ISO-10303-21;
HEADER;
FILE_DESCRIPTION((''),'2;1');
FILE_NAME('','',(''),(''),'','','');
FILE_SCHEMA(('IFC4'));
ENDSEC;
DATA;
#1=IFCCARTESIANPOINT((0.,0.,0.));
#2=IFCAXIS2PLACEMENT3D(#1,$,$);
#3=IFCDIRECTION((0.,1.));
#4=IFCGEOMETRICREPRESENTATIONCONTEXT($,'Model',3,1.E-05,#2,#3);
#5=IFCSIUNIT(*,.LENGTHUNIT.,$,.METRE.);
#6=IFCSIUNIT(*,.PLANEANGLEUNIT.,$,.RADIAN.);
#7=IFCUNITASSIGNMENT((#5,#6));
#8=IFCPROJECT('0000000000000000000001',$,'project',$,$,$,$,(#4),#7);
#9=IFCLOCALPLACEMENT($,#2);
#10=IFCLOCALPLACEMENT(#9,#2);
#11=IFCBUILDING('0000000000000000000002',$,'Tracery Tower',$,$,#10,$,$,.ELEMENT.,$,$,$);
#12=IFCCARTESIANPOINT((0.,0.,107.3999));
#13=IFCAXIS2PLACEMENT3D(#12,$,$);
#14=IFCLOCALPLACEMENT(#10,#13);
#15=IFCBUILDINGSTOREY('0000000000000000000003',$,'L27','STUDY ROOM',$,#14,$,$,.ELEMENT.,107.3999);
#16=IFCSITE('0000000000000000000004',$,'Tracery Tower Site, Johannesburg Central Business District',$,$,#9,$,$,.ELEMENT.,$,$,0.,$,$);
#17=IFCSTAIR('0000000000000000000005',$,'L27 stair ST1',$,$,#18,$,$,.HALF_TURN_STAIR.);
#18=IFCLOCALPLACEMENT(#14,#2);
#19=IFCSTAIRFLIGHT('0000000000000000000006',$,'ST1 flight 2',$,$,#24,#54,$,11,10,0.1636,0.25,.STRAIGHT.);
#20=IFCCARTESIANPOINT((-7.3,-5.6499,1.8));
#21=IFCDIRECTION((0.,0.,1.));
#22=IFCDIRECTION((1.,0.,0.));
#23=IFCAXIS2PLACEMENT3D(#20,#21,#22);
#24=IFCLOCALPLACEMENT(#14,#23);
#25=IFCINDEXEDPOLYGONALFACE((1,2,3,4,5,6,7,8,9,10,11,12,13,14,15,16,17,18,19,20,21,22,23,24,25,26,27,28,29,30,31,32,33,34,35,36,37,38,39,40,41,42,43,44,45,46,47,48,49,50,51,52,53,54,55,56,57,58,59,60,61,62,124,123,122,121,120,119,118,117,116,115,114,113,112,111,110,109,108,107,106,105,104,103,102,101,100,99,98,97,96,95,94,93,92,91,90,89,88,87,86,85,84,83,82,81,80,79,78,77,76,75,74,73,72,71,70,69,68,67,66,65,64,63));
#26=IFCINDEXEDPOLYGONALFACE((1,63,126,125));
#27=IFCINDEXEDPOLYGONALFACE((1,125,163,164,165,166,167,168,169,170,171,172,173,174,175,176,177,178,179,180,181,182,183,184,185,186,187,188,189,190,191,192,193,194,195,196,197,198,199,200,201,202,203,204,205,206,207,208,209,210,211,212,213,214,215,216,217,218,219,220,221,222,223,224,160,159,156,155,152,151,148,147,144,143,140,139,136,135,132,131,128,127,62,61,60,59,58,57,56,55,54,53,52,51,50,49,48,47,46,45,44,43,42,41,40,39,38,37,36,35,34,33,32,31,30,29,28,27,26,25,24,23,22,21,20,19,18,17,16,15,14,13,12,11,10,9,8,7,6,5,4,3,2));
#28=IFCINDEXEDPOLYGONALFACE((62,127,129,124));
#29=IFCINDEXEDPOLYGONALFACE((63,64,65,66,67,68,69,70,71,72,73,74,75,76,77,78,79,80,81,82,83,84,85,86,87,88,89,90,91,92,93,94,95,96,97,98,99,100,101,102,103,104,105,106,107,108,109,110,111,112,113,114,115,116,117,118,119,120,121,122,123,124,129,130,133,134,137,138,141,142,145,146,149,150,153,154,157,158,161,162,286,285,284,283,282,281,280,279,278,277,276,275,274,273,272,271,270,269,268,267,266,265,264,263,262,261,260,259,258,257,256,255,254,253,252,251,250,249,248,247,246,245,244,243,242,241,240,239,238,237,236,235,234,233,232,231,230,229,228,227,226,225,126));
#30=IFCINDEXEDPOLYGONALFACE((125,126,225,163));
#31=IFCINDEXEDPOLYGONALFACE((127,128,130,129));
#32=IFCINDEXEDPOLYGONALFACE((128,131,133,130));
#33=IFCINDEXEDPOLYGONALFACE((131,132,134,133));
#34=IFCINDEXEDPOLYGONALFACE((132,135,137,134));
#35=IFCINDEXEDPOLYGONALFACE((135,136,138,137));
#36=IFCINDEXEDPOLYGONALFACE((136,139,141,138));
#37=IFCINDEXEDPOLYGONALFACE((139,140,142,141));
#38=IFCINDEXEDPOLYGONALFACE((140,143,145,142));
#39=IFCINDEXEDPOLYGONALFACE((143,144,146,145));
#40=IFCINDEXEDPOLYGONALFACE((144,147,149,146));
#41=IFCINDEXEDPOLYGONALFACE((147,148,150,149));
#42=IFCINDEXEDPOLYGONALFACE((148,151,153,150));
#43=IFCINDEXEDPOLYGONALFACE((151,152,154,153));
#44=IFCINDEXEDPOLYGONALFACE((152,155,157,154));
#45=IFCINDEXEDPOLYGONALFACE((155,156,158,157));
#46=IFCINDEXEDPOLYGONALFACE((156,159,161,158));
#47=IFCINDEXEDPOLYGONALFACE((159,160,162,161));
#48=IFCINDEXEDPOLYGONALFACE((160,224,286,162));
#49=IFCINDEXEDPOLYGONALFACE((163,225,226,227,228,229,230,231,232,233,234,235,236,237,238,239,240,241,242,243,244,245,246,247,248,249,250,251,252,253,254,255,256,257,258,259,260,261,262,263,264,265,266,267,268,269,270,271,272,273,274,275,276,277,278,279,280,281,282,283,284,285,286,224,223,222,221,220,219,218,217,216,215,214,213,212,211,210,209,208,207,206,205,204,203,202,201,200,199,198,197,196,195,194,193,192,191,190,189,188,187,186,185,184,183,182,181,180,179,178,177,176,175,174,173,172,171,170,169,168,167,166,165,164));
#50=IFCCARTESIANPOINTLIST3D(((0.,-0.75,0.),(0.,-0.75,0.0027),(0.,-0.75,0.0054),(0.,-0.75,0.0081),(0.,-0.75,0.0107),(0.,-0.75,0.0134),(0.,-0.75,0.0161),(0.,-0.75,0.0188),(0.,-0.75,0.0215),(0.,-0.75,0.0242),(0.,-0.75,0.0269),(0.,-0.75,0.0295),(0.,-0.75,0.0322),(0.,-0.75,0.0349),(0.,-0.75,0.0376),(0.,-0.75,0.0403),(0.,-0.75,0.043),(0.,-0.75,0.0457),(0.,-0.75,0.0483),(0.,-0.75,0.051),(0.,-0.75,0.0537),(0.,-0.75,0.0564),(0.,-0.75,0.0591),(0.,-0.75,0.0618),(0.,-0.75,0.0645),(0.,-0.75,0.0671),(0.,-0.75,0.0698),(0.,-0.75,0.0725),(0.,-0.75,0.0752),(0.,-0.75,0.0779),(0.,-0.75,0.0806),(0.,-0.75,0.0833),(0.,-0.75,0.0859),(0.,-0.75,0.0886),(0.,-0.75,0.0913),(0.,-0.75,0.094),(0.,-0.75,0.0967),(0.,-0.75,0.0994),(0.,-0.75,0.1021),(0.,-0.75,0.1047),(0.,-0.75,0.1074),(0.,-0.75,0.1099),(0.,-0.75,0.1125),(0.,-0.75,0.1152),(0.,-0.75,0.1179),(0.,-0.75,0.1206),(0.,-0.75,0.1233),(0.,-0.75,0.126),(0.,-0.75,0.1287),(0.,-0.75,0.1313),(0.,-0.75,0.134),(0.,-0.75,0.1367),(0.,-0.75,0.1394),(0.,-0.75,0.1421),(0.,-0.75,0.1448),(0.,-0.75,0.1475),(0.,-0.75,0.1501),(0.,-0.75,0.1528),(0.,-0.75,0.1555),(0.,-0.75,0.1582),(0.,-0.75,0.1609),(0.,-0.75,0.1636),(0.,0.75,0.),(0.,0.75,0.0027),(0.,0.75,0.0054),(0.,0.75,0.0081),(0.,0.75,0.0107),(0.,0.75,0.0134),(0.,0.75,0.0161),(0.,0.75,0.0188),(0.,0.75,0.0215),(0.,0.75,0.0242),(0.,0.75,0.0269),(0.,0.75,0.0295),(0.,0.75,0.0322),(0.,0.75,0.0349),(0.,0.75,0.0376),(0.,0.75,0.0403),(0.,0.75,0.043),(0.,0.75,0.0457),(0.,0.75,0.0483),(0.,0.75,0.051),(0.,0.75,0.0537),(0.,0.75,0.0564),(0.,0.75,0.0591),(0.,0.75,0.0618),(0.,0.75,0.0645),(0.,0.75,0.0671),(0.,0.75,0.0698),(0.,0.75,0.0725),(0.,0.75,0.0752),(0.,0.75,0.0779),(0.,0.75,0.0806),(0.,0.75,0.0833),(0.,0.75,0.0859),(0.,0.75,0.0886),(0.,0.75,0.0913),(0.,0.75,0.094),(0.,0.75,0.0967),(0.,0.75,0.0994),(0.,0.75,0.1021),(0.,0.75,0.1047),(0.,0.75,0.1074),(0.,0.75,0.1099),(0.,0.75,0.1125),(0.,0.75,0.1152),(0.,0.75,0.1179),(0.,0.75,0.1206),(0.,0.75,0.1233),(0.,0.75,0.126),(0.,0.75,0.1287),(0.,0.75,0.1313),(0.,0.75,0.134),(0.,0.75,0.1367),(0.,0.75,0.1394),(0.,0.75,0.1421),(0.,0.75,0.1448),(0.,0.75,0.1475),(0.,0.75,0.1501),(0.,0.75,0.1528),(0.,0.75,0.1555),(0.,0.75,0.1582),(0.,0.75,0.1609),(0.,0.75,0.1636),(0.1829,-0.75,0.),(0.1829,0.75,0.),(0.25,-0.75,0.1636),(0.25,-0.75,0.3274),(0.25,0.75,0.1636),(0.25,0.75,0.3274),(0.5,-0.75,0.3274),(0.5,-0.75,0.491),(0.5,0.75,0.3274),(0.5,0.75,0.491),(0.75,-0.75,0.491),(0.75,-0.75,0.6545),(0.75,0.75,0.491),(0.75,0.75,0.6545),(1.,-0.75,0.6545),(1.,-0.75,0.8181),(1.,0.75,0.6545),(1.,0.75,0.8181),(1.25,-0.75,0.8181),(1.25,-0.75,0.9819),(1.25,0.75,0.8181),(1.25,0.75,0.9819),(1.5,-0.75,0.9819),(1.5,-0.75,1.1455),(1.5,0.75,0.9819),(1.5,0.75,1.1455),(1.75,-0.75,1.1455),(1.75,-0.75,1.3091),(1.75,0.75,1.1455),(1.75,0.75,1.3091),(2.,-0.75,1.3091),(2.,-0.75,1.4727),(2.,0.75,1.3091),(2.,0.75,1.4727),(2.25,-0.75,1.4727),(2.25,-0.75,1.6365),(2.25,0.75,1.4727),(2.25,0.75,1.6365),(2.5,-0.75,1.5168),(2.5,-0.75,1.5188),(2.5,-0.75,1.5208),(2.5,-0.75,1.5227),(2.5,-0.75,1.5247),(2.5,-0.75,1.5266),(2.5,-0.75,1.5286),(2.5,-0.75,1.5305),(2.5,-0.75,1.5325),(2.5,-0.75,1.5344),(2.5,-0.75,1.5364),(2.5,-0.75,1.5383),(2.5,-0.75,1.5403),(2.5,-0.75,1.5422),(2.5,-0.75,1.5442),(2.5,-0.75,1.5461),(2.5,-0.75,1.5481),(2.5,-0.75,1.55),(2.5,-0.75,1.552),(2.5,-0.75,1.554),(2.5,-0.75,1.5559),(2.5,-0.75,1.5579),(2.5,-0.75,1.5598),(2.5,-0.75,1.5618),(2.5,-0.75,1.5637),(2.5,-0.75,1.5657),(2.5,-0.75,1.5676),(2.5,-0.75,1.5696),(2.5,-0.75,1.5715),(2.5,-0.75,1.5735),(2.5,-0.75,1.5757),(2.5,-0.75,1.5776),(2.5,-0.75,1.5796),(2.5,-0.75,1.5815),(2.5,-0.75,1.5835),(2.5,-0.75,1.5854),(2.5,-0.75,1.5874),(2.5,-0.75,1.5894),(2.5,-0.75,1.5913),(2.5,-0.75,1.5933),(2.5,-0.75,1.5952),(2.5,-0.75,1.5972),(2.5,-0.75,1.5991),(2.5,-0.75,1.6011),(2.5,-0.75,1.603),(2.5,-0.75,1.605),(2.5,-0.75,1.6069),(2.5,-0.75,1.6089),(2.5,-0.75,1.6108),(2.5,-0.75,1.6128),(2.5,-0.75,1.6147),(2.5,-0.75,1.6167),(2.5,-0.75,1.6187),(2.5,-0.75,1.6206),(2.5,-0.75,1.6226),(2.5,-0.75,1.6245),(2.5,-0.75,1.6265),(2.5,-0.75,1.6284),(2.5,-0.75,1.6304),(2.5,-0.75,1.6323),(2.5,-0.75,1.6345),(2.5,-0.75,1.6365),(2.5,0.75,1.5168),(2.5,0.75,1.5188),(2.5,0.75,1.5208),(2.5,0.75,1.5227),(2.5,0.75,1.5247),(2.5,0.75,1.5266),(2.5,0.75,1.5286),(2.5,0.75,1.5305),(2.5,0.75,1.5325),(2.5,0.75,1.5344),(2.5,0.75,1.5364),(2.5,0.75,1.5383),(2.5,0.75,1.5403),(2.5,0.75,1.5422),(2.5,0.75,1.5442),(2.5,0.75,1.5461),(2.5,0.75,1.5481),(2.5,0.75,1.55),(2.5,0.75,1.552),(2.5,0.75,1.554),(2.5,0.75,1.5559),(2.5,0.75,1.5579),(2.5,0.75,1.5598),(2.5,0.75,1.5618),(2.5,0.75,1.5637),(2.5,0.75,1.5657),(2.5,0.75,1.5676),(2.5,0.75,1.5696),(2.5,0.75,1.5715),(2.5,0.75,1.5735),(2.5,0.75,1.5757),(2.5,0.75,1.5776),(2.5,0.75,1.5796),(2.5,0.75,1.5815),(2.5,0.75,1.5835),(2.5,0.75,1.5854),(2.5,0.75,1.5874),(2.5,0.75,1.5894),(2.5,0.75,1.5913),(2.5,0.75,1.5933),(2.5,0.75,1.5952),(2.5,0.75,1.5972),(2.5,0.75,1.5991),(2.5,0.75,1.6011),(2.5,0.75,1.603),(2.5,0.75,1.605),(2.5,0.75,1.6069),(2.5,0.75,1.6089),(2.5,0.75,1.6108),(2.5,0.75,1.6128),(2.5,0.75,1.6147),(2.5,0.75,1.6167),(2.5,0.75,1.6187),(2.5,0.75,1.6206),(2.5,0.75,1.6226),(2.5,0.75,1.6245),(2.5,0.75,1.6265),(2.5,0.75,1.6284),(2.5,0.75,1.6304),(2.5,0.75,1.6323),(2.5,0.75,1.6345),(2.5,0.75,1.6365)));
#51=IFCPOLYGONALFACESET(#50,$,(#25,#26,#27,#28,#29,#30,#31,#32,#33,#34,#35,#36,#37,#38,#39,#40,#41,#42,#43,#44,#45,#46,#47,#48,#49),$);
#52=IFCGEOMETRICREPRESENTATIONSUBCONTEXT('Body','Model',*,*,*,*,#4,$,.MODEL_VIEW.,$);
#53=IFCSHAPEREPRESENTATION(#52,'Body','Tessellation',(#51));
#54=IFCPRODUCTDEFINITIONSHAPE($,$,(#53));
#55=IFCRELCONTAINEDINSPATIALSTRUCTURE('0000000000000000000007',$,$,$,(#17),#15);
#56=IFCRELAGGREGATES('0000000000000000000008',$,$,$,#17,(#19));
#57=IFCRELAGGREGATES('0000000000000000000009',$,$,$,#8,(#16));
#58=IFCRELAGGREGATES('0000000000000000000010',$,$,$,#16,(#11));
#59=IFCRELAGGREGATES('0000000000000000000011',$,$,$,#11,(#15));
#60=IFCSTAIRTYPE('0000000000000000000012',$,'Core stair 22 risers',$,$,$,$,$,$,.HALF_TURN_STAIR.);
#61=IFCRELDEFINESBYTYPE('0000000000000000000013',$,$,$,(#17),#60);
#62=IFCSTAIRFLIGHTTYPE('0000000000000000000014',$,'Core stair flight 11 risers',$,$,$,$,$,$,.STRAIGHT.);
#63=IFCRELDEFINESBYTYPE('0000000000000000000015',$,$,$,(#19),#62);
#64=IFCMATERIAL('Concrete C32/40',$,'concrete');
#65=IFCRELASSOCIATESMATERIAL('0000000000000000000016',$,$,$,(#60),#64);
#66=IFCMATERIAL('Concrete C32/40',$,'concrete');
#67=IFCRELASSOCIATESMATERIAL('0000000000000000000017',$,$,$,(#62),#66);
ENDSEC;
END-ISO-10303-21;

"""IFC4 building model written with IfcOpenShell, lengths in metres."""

from ifc_helpers import new_model, si_unit, direction, frame, origin, place, context, subcontext, project, spatial, polyline, outline, extrude, material, type_object, element, aggregate, save


model = new_model("IFC4")

# Units and contexts
model_context = context("Model", 3, precision=1e-05, world=origin(), true_north=direction((0.0, 1.0)))
body_context = subcontext(model_context, "Body", "Model", "MODEL_VIEW")
ifc_project = project(units=[si_unit("LENGTHUNIT", "METRE"), si_unit("PLANEANGLEUNIT", "RADIAN")], contexts=[model_context])

# Site, building, storey
site_placement = place(None, origin())
site = spatial("IfcSite", under=ifc_project, at=site_placement, Name="Tracery Tower Site, Johannesburg Central Business District", CompositionType="ELEMENT", RefElevation=0.0)
building_placement = place(site_placement, origin())
building = spatial("IfcBuilding", under=site, at=building_placement, Name="Tracery Tower", CompositionType="ELEMENT")
storey_placement = place(building_placement, frame((0.0, 0.0, 107.3999)))
storey = spatial("IfcBuildingStorey", under=building, at=storey_placement, Name="L27", Description="STUDY ROOM", CompositionType="ELEMENT", Elevation=107.3999)

# Stair, stair flight
ifc_material_1 = material(Name="Concrete C32/40", Category="concrete")
stair_type = type_object("IfcStairType", Name="Core stair 22 risers", PredefinedType="HALF_TURN_STAIR", material=ifc_material_1)
stair_placement = place(storey_placement, origin())
stair = element("IfcStair", 1, at=stair_placement, inside=storey, type_object=stair_type, Name="L27 stair ST1", PredefinedType="HALF_TURN_STAIR")
ifc_material_2 = material(Name="Concrete C32/40", Category="concrete")
stair_flight_type = type_object("IfcStairFlightType", Name="Core stair flight 11 risers", PredefinedType="STRAIGHT", material=ifc_material_2)
stair_flight_1_placement = place(storey_placement, frame((-7.3, -5.6499, 1.8), z_axis=(0.0, 0.0, 1.0), x_axis=(1.0, 0.0, 0.0)))
stair_flight_1 = element("IfcStairFlight", 2, at=stair_flight_1_placement, type_object=stair_flight_type, Name="ST1 flight 2", NumberOfRisers=11, NumberOfTreads=10, PredefinedType="STRAIGHT", RiserHeight=0.1636, TreadLength=0.25, context=body_context, shape_type="SweptSolid", body=[
    extrude(outline(polyline([(0.0, 0.0), (0.0, 0.0027), (0.0, 0.0054), (0.0, 0.0081), (0.0, 0.0107), (0.0, 0.0134), (0.0, 0.0161), (0.0, 0.0188), (0.0, 0.0215), (0.0, 0.0242), (0.0, 0.0269), (0.0, 0.0295), (0.0, 0.0322), (0.0, 0.0349), (0.0, 0.0376), (0.0, 0.0403), (0.0, 0.043), (0.0, 0.0457), (0.0, 0.0483), (0.0, 0.051), (0.0, 0.0537), (0.0, 0.0564), (0.0, 0.0591), (0.0, 0.0618), (0.0, 0.0645), (0.0, 0.0671), (0.0, 0.0698), (0.0, 0.0725), (0.0, 0.0752), (0.0, 0.0779), (0.0, 0.0806), (0.0, 0.0833), (0.0, 0.0859), (0.0, 0.0886), (0.0, 0.0913), (0.0, 0.094), (0.0, 0.0967), (0.0, 0.0994), (0.0, 0.1021), (0.0, 0.1047), (0.0, 0.1074), (0.0, 0.1099), (0.0, 0.1125), (0.0, 0.1152), (0.0, 0.1179), (0.0, 0.1206), (0.0, 0.1233), (0.0, 0.126), (0.0, 0.1287), (0.0, 0.1313), (0.0, 0.134), (0.0, 0.1367), (0.0, 0.1394), (0.0, 0.1421), (0.0, 0.1448), (0.0, 0.1475), (0.0, 0.1501), (0.0, 0.1528), (0.0, 0.1555), (0.0, 0.1582), (0.0, 0.1609), (0.0, 0.1636), (0.25, 0.1636), (0.25, 0.3274), (0.5, 0.3274), (0.5, 0.491), (0.75, 0.491), (0.75, 0.6545), (1.0, 0.6545), (1.0, 0.8181), (1.25, 0.8181), (1.25, 0.9819), (1.5, 0.9819), (1.5, 1.1455), (1.75, 1.1455), (1.75, 1.3091), (2.0, 1.3091), (2.0, 1.4727), (2.25, 1.4727), (2.25, 1.6365), (2.5, 1.6365), (2.5, 1.6345), (2.5, 1.6323), (2.5, 1.6304), (2.5, 1.6284), (2.5, 1.6265), (2.5, 1.6245), (2.5, 1.6226), (2.5, 1.6206), (2.5, 1.6187), (2.5, 1.6167), (2.5, 1.6147), (2.5, 1.6128), (2.5, 1.6108), (2.5, 1.6089), (2.5, 1.6069), (2.5, 1.605), (2.5, 1.603), (2.5, 1.6011), (2.5, 1.5991), (2.5, 1.5972), (2.5, 1.5952), (2.5, 1.5933), (2.5, 1.5913), (2.5, 1.5894), (2.5, 1.5874), (2.5, 1.5854), (2.5, 1.5835), (2.5, 1.5815), (2.5, 1.5796), (2.5, 1.5776), (2.5, 1.5757), (2.5, 1.5735), (2.5, 1.5715), (2.5, 1.5696), (2.5, 1.5676), (2.5, 1.5657), (2.5, 1.5637), (2.5, 1.5618), (2.5, 1.5598), (2.5, 1.5579), (2.5, 1.5559), (2.5, 1.554), (2.5, 1.552), (2.5, 1.55), (2.5, 1.5481), (2.5, 1.5461), (2.5, 1.5442), (2.5, 1.5422), (2.5, 1.5403), (2.5, 1.5383), (2.5, 1.5364), (2.5, 1.5344), (2.5, 1.5325), (2.5, 1.5305), (2.5, 1.5286), (2.5, 1.5266), (2.5, 1.5247), (2.5, 1.5227), (2.5, 1.5208), (2.5, 1.5188), (2.5, 1.5168), (0.1829, 0.0), (0.0, 0.0)])), frame((0.0, 0.75, 0.0), z_axis=(0.0, -1.0, 0.0), x_axis=(1.0, 0.0, 0.0)), (0.0, 0.0, 1.0), 1.5),
])
aggregate(stair, [stair_flight_1])

save(model, "model.ifc")
